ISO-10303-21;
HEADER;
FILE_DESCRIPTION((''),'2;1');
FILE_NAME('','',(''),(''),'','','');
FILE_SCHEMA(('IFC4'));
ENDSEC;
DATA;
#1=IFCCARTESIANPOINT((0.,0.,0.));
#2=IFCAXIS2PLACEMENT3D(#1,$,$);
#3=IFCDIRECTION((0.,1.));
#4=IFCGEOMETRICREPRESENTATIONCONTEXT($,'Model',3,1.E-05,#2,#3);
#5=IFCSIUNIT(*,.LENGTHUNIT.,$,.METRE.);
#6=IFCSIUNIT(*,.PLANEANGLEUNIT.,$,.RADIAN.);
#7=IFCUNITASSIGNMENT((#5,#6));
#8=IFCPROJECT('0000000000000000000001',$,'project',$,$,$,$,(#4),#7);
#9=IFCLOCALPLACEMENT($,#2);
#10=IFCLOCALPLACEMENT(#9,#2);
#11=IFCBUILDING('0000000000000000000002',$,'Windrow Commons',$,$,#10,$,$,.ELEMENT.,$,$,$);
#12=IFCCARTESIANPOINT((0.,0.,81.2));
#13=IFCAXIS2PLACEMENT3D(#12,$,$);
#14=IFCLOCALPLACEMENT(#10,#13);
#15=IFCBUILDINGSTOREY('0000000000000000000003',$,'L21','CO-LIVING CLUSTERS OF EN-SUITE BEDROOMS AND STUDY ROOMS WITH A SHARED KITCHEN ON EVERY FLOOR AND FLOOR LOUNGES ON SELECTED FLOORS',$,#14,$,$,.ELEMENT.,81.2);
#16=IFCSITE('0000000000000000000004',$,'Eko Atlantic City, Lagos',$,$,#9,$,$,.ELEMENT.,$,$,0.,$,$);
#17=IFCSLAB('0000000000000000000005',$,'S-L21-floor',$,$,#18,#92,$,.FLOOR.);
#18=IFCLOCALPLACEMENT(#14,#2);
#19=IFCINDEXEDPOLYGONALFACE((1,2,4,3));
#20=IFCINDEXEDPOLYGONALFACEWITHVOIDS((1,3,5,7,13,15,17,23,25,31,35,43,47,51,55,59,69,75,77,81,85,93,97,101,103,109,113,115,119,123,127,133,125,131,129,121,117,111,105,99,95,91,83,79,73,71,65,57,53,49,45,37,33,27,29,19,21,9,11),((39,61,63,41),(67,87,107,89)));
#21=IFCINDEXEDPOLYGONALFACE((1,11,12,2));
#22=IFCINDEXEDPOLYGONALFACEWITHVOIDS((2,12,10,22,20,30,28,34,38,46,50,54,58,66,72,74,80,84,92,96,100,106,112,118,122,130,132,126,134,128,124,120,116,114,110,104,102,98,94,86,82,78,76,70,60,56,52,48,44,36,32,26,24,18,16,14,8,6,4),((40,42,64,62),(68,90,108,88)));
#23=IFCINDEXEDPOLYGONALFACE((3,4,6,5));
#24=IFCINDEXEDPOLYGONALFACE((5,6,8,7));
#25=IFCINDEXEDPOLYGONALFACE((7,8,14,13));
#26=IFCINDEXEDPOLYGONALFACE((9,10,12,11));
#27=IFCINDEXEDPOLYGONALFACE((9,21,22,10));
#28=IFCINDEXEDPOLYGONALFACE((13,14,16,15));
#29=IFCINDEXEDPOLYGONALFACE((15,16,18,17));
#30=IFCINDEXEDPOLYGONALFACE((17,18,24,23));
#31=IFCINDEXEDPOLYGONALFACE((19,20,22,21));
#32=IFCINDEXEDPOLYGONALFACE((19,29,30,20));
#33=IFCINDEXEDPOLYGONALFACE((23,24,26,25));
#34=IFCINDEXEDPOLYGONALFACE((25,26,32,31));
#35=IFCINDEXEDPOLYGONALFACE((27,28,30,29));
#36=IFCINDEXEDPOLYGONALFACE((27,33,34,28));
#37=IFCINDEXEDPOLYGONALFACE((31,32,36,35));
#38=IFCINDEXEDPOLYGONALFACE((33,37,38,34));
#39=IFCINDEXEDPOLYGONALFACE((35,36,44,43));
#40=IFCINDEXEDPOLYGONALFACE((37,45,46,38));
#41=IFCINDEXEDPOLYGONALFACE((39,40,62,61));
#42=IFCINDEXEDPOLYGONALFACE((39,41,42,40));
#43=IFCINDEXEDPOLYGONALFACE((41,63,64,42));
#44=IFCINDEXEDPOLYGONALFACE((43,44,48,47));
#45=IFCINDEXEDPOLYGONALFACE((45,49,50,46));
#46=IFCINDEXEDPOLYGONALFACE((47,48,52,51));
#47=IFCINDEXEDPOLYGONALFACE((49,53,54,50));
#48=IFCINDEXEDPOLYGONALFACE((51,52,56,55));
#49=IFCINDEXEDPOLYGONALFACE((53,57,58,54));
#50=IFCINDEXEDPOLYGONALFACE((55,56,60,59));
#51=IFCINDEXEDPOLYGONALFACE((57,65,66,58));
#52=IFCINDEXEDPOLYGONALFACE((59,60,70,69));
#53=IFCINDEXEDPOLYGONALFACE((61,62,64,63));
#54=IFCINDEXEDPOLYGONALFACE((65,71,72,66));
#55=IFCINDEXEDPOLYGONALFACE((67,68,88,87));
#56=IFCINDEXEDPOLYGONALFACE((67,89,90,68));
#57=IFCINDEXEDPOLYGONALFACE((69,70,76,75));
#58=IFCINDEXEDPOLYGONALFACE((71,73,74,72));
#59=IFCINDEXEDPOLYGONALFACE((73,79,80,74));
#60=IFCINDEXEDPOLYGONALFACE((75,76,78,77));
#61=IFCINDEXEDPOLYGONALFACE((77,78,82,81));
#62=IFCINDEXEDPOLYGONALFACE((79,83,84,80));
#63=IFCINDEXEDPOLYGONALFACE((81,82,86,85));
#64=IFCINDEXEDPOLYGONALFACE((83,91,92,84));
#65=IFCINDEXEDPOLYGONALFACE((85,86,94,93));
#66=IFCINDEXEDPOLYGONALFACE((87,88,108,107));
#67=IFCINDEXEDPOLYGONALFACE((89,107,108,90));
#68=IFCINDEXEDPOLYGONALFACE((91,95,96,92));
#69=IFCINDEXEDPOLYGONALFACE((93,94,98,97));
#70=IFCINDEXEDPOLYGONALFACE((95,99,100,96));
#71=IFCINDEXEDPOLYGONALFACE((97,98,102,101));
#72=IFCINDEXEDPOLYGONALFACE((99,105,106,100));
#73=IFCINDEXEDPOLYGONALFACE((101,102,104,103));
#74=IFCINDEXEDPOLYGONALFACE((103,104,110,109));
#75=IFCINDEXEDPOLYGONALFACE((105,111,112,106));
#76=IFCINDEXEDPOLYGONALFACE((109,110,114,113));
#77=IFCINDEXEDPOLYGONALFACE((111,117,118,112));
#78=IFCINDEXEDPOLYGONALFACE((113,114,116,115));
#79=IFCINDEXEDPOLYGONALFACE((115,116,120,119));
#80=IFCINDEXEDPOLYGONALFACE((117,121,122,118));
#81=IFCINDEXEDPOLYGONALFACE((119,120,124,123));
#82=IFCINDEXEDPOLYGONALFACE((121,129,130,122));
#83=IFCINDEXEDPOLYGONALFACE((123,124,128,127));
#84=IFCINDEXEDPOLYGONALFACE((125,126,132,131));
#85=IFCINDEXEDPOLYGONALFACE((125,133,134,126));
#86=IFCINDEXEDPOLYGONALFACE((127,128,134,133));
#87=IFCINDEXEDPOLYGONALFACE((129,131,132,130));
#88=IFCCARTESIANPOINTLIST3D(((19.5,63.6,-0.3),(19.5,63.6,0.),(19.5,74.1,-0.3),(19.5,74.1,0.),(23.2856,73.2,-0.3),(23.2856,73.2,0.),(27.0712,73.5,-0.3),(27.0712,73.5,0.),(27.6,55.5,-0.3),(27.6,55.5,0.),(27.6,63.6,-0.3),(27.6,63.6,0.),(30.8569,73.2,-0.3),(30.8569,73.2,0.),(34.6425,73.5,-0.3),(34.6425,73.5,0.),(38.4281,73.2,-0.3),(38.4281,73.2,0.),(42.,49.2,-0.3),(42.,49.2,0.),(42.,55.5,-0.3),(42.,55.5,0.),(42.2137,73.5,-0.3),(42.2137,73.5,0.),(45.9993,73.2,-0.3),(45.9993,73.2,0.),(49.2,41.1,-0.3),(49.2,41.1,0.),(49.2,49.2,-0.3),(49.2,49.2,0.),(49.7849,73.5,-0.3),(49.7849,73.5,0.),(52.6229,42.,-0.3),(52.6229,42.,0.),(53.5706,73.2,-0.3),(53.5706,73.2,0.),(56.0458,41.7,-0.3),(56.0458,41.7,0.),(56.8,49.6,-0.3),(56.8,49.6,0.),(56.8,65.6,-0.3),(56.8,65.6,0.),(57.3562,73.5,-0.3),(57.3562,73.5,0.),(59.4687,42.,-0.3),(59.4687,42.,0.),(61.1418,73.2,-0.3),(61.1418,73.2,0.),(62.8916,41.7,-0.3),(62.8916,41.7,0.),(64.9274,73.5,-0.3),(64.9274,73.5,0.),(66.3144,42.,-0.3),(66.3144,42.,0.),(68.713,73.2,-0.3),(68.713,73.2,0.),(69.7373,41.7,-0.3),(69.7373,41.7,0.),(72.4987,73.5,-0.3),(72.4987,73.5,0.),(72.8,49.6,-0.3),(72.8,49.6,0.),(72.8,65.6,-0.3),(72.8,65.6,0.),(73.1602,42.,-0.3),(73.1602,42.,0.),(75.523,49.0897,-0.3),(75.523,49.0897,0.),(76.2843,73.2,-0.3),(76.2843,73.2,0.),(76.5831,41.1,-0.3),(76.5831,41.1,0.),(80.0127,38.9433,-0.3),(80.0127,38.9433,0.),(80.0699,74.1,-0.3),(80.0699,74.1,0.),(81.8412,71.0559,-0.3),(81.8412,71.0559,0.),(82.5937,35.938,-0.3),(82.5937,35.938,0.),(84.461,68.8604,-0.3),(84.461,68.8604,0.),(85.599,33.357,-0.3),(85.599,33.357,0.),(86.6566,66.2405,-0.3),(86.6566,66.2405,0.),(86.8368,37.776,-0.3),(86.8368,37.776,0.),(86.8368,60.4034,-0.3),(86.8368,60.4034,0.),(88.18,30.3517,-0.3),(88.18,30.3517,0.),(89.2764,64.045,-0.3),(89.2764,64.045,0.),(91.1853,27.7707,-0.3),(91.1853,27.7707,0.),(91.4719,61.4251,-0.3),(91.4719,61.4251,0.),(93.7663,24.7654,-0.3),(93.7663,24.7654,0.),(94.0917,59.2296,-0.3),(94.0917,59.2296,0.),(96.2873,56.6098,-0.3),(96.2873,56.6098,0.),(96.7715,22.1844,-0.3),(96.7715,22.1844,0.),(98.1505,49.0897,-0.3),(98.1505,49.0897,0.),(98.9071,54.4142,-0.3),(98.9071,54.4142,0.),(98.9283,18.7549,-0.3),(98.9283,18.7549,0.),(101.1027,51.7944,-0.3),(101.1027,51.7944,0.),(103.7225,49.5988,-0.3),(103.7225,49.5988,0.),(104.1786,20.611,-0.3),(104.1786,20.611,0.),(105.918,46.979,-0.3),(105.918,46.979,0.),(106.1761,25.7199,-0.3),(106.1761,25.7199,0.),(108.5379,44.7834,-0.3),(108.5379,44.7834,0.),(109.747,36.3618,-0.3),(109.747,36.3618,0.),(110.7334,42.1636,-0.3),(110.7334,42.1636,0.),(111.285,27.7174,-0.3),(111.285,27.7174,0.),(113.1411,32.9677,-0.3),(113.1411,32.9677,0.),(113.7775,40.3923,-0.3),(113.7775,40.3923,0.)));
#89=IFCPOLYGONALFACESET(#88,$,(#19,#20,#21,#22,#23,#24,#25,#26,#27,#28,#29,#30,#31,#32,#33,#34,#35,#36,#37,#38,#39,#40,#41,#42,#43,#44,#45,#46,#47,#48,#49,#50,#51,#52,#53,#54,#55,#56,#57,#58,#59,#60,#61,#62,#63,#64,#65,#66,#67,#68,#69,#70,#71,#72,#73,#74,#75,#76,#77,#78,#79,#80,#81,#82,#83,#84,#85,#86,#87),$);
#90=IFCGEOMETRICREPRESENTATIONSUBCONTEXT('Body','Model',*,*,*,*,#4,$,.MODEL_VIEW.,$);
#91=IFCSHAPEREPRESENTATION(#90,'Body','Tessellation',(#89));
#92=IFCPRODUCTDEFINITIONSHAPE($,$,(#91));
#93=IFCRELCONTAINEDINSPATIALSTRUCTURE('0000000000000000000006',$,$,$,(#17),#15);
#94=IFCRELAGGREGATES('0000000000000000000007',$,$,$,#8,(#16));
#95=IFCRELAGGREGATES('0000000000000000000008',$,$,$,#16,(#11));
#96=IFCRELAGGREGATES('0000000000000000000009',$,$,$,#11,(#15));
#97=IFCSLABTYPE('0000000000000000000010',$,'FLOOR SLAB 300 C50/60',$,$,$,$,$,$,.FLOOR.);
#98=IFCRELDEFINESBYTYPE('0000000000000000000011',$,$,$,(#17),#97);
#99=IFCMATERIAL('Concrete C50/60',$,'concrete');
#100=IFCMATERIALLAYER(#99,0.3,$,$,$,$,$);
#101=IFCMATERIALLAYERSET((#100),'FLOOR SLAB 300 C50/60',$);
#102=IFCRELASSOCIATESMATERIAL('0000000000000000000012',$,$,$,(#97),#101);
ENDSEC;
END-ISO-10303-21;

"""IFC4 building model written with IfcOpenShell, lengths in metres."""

from ifc_helpers import new_model, si_unit, direction, frame, origin, place, context, subcontext, project, spatial, polyline, outline, extrude, material, layer, layer_set, type_object, element, save


model = new_model("IFC4")

# Units and contexts
model_context = context("Model", 3, precision=1e-05, world=origin(), true_north=direction((0.0, 1.0)))
body_context = subcontext(model_context, "Body", "Model", "MODEL_VIEW")
ifc_project = project(units=[si_unit("LENGTHUNIT", "METRE"), si_unit("PLANEANGLEUNIT", "RADIAN")], contexts=[model_context])

# Site, building, storey
site_placement = place(None, origin())
site = spatial("IfcSite", under=ifc_project, at=site_placement, Name="Eko Atlantic City, Lagos", CompositionType="ELEMENT", RefElevation=0.0)
building_placement = place(site_placement, origin())
building = spatial("IfcBuilding", under=site, at=building_placement, Name="Windrow Commons", CompositionType="ELEMENT")
storey_placement = place(building_placement, frame((0.0, 0.0, 81.2)))
storey = spatial("IfcBuildingStorey", under=building, at=storey_placement, Name="L21", Description="CO-LIVING CLUSTERS OF EN-SUITE BEDROOMS AND STUDY ROOMS WITH A SHARED KITCHEN ON EVERY FLOOR AND FLOOR LOUNGES ON SELECTED FLOORS", CompositionType="ELEMENT", Elevation=81.2)

# Shared definitions
placement_1 = place(storey_placement, frame((0.0, 0.0, -0.3)))

# Slab, openings
ifc_material_1 = material(Name="Concrete C50/60", Category="concrete")
ifc_layer_1 = layer(ifc_material_1, 0.3)
ifc_layer_set_1 = layer_set([ifc_layer_1], Name="FLOOR SLAB 300 C50/60")
slab_type_1 = type_object("IfcSlabType", Name="FLOOR SLAB 300 C50/60", PredefinedType="FLOOR", material=ifc_layer_set_1)
slab_1 = element("IfcSlab", 1, at=placement_1, inside=storey, type_object=slab_type_1, Name="S-L21-floor", PredefinedType="FLOOR", context=body_context, shape_type="SweptSolid", body=[
    extrude(outline(polyline([(96.7715, 22.1844), (98.9283, 18.7549), (104.1786, 20.611), (106.1761, 25.7199), (111.285, 27.7174), (113.1411, 32.9677), (109.747, 36.3618), (113.7775, 40.3923), (110.7334, 42.1636), (108.5379, 44.7834), (105.918, 46.979), (103.7225, 49.5988), (101.1027, 51.7944), (98.9071, 54.4142), (96.2873, 56.6098), (94.0917, 59.2296), (91.4719, 61.4251), (89.2764, 64.045), (86.6566, 66.2405), (84.461, 68.8604), (81.8412, 71.0559), (80.0699, 74.1), (76.2843, 73.2), (72.4987, 73.5), (68.713, 73.2), (64.9274, 73.5), (61.1418, 73.2), (57.3562, 73.5), (53.5706, 73.2), (49.7849, 73.5), (45.9993, 73.2), (42.2137, 73.5), (38.4281, 73.2), (34.6425, 73.5), (30.8569, 73.2), (27.0712, 73.5), (23.2856, 73.2), (19.5, 74.1), (19.5, 63.6), (27.6, 63.6), (27.6, 55.5), (42.0, 55.5), (42.0, 49.2), (49.2, 49.2), (49.2, 41.1), (52.6229, 42.0), (56.0458, 41.7), (59.4687, 42.0), (62.8916, 41.7), (66.3144, 42.0), (69.7373, 41.7), (73.1602, 42.0), (76.5831, 41.1), (80.0127, 38.9433), (82.5937, 35.938), (85.599, 33.357), (88.18, 30.3517), (91.1853, 27.7707), (93.7663, 24.7654), (96.7715, 22.1844)]), holes=[polyline([(75.523, 49.0897), (86.8368, 60.4034), (98.1505, 49.0897), (86.8368, 37.776), (75.523, 49.0897)]), polyline([(56.8, 49.6), (56.8, 65.6), (72.8, 65.6), (72.8, 49.6), (56.8, 49.6)])]), origin(), (0.0, 0.0, 1.0), 0.3),
])
opening_1_placement = place(placement_1, origin())
element("IfcOpeningElement", 2, at=opening_1_placement, cuts=slab_1, PredefinedType="OPENING", context=body_context, shape_type="SweptSolid", body=[
    extrude(outline(polyline([(75.5301, 49.0897), (86.8368, 60.3963), (98.1434, 49.0897), (86.8368, 37.7831), (75.5301, 49.0897)])), origin(), (0.0, 0.0, 1.0), 0.3),
])
opening_2_placement = place(placement_1, origin())
element("IfcOpeningElement", 3, at=opening_2_placement, cuts=slab_1, PredefinedType="OPENING", context=body_context, shape_type="SweptSolid", body=[
    extrude(outline(polyline([(56.805, 49.605), (56.805, 65.595), (72.795, 65.595), (72.795, 49.605), (56.805, 49.605)])), origin(), (0.0, 0.0, 1.0), 0.3),
])

save(model, "model.ifc")
